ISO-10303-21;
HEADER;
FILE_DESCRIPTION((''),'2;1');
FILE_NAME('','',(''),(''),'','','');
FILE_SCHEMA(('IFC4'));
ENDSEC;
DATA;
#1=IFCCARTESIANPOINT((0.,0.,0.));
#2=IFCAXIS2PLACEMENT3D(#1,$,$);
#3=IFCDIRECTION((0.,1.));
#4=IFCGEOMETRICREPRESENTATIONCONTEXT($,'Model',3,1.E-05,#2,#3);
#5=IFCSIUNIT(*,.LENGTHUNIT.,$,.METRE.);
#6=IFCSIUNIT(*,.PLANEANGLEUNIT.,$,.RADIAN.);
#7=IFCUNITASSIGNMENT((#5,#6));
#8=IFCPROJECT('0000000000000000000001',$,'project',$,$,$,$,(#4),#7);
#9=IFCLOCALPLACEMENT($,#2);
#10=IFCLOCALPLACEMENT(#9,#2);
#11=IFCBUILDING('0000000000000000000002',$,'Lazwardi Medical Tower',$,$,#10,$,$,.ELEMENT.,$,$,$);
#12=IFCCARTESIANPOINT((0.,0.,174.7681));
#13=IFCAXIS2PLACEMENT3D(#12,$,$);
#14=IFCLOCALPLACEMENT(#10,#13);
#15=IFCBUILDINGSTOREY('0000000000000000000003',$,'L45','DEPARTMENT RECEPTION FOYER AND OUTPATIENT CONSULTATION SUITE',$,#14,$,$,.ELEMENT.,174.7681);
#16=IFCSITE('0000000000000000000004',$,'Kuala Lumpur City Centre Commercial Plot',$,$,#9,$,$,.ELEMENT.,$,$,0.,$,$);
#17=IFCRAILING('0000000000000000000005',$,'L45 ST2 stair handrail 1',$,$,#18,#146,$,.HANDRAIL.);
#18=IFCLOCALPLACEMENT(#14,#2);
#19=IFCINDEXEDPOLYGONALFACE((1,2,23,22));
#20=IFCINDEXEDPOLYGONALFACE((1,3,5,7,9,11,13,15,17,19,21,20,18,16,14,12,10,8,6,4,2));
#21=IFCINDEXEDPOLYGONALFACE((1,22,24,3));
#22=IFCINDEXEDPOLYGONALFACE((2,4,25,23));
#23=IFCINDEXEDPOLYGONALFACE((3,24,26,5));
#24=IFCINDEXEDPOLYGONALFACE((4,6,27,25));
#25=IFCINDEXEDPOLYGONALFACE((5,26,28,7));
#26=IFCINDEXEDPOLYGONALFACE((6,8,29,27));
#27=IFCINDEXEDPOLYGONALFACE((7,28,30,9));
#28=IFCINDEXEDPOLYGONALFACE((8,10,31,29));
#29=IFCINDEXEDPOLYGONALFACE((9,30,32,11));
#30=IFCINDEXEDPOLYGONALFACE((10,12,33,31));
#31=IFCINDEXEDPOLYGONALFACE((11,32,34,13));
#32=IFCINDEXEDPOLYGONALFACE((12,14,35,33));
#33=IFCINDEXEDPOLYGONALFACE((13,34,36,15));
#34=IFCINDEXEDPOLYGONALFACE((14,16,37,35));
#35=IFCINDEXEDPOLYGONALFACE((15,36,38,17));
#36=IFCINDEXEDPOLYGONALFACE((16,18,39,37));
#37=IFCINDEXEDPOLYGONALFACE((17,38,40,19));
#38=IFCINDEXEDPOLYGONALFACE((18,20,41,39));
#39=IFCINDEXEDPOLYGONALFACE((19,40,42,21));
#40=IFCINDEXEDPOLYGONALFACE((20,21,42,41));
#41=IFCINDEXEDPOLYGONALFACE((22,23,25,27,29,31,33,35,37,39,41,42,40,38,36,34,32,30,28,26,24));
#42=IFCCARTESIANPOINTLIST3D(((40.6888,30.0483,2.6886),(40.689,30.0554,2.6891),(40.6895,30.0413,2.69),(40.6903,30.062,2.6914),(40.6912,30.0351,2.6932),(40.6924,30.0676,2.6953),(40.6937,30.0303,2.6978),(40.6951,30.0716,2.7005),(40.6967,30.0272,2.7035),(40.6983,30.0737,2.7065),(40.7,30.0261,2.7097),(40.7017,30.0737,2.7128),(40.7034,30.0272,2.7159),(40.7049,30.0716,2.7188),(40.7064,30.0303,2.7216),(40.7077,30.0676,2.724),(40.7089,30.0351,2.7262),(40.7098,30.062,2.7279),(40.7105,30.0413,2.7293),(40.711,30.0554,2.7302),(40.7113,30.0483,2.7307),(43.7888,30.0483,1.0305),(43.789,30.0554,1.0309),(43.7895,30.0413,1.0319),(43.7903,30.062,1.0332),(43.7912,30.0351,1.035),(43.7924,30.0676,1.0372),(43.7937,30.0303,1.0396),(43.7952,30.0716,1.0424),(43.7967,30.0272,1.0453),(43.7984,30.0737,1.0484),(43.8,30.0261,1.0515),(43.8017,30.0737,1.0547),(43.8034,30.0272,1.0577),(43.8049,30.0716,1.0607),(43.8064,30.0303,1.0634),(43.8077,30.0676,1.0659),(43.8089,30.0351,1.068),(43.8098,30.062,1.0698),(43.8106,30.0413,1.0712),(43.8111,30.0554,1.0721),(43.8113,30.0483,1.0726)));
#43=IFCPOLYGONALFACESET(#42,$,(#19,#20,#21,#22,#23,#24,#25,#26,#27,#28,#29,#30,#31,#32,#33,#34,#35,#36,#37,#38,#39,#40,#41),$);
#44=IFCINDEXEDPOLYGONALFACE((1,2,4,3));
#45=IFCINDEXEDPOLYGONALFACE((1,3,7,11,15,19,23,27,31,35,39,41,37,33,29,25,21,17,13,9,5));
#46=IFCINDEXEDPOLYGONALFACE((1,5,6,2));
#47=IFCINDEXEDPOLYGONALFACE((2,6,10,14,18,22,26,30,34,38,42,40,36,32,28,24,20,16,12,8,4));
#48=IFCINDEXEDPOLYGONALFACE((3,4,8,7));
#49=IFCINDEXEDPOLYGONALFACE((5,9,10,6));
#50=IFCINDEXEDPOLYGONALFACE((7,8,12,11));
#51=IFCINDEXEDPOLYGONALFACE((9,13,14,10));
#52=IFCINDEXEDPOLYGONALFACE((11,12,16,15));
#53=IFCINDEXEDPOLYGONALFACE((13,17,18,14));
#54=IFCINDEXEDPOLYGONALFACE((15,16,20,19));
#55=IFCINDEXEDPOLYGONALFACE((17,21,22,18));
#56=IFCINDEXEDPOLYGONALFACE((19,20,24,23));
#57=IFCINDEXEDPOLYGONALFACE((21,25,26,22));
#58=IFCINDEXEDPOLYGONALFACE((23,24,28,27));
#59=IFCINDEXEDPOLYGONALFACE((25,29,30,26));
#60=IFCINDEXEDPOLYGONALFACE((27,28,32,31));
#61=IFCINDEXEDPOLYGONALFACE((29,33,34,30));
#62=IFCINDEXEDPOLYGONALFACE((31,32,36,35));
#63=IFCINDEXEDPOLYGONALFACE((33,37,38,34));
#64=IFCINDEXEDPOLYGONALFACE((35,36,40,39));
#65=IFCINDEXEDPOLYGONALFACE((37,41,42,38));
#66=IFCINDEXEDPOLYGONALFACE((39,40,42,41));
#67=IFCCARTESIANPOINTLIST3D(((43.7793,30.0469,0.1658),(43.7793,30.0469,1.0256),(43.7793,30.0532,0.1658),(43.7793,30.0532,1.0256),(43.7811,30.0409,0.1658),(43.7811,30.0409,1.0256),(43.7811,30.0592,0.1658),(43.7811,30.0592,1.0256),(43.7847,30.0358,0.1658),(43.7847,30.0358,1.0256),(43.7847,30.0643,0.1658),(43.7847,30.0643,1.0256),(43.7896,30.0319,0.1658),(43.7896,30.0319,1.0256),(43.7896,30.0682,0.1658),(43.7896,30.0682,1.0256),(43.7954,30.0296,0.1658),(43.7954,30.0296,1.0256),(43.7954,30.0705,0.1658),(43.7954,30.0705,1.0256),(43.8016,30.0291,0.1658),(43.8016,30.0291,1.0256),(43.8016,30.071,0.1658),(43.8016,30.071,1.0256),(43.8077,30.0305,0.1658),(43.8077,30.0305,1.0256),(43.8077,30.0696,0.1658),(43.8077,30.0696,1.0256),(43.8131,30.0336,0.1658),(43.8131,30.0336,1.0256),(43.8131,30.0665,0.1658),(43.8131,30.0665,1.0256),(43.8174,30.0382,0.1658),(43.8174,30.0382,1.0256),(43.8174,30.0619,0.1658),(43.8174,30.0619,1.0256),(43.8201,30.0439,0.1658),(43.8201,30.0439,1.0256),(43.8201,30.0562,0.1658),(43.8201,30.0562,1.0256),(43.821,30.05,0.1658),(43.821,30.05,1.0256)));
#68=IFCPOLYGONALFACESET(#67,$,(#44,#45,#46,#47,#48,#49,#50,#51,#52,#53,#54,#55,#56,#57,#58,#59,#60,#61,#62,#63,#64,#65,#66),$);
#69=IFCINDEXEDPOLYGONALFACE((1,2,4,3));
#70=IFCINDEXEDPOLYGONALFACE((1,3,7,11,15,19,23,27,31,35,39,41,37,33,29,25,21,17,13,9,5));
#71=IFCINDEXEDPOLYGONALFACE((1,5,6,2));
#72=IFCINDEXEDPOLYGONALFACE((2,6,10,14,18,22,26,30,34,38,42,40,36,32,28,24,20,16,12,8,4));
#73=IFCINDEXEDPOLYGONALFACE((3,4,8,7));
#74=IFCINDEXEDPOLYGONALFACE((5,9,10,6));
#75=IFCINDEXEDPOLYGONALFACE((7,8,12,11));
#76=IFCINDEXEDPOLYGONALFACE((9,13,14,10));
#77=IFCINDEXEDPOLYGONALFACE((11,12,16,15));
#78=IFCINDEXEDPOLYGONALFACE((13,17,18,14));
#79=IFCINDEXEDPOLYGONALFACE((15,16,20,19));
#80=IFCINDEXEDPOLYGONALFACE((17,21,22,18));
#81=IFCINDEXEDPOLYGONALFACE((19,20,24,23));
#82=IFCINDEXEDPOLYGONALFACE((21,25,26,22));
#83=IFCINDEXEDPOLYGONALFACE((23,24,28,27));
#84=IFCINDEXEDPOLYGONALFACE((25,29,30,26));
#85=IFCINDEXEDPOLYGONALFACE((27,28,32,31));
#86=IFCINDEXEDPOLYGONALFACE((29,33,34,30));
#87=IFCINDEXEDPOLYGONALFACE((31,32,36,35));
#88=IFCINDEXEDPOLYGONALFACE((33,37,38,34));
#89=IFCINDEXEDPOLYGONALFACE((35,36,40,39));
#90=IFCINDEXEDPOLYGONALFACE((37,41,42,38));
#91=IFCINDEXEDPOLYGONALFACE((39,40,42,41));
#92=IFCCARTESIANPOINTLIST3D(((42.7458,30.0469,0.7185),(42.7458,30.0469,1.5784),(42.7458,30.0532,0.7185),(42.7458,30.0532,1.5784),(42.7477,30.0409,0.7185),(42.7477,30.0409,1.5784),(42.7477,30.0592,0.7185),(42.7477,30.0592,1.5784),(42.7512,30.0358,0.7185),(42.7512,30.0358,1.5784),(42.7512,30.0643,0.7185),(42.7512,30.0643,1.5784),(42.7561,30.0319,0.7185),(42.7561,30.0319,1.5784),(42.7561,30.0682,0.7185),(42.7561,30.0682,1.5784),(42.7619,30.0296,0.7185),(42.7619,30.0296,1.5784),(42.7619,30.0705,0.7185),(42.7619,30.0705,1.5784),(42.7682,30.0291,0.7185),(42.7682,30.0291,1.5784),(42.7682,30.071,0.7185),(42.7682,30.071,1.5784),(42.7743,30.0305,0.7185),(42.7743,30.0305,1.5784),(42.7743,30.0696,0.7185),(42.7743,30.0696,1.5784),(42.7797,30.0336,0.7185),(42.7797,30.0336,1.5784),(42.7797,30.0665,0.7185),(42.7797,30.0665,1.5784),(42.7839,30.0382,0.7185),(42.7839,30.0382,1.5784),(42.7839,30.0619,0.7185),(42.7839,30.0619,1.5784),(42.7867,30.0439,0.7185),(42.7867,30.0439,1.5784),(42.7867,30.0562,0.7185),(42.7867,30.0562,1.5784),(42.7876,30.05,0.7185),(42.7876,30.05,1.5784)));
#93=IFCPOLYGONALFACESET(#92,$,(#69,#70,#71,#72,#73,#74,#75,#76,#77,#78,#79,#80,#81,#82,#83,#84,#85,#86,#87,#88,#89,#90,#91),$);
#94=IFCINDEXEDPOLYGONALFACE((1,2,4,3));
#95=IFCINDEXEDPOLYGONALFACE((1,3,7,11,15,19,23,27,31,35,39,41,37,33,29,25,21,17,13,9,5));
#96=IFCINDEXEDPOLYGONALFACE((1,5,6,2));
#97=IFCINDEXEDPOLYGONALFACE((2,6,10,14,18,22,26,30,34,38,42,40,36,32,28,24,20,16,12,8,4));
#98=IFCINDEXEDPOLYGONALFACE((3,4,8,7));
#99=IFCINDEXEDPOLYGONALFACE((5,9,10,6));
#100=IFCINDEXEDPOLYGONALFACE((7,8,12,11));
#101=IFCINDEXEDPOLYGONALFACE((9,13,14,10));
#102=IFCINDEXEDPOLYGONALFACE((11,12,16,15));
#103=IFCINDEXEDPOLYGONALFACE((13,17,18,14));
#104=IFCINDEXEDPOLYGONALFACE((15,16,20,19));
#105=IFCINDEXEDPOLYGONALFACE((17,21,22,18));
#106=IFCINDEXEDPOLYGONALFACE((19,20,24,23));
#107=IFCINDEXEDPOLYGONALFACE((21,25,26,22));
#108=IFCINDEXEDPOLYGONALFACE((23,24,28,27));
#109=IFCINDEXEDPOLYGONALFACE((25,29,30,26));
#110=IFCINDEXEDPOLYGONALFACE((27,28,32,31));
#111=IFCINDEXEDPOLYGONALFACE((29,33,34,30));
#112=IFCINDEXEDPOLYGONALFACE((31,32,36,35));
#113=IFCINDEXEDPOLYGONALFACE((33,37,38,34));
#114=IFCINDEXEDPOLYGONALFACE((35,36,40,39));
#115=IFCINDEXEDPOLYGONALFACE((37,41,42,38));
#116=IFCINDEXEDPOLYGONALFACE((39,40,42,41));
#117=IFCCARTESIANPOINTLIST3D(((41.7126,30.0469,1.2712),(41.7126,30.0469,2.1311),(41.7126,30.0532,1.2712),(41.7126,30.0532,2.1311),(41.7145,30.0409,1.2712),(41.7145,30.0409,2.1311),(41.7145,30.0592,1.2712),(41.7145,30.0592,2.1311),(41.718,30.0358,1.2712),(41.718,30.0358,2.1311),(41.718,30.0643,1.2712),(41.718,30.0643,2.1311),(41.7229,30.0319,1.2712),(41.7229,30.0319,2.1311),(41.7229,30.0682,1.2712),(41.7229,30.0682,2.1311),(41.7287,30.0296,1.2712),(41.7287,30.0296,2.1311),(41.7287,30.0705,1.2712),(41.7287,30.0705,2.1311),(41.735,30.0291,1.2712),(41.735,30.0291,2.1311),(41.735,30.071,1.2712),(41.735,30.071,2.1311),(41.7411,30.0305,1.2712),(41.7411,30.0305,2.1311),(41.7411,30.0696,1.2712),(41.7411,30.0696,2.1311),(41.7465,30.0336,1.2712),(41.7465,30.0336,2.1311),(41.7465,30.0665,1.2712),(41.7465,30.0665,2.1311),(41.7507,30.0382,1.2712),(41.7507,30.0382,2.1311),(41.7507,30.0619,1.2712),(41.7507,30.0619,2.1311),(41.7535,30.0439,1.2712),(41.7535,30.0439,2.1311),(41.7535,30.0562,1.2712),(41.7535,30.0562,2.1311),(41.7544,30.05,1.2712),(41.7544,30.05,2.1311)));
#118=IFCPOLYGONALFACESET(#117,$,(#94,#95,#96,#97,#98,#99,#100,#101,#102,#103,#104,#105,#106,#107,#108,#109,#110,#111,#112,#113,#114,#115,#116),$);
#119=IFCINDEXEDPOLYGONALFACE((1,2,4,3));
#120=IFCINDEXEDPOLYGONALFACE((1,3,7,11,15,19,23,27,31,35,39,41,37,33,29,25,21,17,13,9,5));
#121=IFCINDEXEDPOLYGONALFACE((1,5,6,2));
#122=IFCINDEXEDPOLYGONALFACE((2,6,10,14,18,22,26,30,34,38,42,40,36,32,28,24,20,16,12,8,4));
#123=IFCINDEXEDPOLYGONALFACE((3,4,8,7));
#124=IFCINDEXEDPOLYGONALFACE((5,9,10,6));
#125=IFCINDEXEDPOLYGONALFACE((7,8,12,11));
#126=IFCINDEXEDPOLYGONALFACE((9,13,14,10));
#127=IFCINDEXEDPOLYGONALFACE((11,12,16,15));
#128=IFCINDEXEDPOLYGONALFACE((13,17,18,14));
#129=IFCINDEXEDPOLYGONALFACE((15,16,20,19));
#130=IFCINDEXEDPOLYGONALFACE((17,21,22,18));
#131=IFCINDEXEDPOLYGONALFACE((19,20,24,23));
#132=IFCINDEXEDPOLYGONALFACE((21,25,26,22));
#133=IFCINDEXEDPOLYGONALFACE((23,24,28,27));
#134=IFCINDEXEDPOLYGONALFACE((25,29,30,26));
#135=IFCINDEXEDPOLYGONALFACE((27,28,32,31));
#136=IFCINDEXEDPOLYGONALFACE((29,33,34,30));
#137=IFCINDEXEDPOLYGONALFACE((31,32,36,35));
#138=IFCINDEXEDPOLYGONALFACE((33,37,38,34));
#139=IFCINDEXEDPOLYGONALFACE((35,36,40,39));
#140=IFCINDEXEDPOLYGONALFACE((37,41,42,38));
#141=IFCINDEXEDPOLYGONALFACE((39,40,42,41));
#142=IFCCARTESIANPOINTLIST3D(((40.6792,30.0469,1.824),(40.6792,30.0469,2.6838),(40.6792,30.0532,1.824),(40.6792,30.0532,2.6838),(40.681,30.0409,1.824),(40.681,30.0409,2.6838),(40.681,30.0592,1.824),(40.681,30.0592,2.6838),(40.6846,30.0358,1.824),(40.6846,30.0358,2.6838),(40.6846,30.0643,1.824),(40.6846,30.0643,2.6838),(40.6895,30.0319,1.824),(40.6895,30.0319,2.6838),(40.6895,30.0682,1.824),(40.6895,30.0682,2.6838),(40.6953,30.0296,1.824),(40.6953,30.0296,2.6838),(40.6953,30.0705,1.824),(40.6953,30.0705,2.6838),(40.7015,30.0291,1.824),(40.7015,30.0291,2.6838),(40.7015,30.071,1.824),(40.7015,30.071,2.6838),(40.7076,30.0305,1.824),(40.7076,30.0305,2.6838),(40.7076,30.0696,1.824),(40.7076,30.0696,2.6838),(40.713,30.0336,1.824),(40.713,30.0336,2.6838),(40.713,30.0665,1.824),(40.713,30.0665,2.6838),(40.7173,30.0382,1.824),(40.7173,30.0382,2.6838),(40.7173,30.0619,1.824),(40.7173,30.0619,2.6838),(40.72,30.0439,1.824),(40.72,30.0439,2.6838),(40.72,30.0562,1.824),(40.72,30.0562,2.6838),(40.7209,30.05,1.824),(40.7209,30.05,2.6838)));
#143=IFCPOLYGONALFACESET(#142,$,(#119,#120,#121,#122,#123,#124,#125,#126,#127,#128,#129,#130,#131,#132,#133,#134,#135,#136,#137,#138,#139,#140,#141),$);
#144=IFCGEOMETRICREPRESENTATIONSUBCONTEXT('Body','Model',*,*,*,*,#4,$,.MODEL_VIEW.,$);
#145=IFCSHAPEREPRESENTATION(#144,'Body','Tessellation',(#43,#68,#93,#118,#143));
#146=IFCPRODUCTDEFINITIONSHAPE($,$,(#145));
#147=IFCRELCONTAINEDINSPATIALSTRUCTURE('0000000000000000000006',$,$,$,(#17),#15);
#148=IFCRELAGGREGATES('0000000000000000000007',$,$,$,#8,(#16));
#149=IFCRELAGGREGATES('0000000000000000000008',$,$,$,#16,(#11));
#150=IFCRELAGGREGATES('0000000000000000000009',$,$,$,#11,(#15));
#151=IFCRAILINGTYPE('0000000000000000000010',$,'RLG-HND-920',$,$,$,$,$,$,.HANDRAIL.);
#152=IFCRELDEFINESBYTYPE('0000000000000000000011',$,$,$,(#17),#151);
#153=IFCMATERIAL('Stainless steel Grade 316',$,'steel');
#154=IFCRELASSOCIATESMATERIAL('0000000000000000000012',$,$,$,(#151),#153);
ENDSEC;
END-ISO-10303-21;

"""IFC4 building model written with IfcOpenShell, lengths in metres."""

from ifc_helpers import new_model, si_unit, direction, frame, origin, origin_2d, place, context, subcontext, project, spatial, circle, extrude, material, type_object, element, save


model = new_model("IFC4")

# Units and contexts
model_context = context("Model", 3, precision=1e-05, world=origin(), true_north=direction((0.0, 1.0)))
body_context = subcontext(model_context, "Body", "Model", "MODEL_VIEW")
ifc_project = project(units=[si_unit("LENGTHUNIT", "METRE"), si_unit("PLANEANGLEUNIT", "RADIAN")], contexts=[model_context])

# Site, building, storey
site_placement = place(None, origin())
site = spatial("IfcSite", under=ifc_project, at=site_placement, Name="Kuala Lumpur City Centre Commercial Plot", CompositionType="ELEMENT", RefElevation=0.0)
building_placement = place(site_placement, origin())
building = spatial("IfcBuilding", under=site, at=building_placement, Name="Lazwardi Medical Tower", CompositionType="ELEMENT")
storey_placement = place(building_placement, frame((0.0, 0.0, 174.7681)))
storey = spatial("IfcBuildingStorey", under=building, at=storey_placement, Name="L45", Description="DEPARTMENT RECEPTION FOYER AND OUTPATIENT CONSULTATION SUITE", CompositionType="ELEMENT", Elevation=174.7681)

# Railing
ifc_material_1 = material(Name="Stainless steel Grade 316", Category="steel")
railing_type_1 = type_object("IfcRailingType", Name="RLG-HND-920", PredefinedType="HANDRAIL", material=ifc_material_1)
railing_1_placement = place(storey_placement, frame((43.8, 30.05, 0.1658)))
element("IfcRailing", 1, at=railing_1_placement, inside=storey, type_object=railing_type_1, Name="L45 ST2 stair handrail 1", PredefinedType="HANDRAIL", context=body_context, shape_type="SweptSolid", body=[
    extrude(circle(Radius=0.0239, at=origin_2d()), frame((0.0, 0.0, 0.8857), z_axis=(-0.881783, 0.0, 0.471655), x_axis=(0.0, -1.0, 0.0)), (0.0, 0.0, 1.0), 3.5156),
    extrude(circle(Radius=0.021, at=origin_2d()), origin(), (0.0, 0.0, 1.0), 0.8599),
    extrude(circle(Radius=0.021, at=origin_2d()), frame((-1.0334, 0.0, 0.5527)), (0.0, 0.0, 1.0), 0.8599),
    extrude(circle(Radius=0.021, at=origin_2d()), frame((-2.0667, 0.0, 1.1055)), (0.0, 0.0, 1.0), 0.8599),
    extrude(circle(Radius=0.021, at=origin_2d()), frame((-3.1001, 0.0, 1.6582)), (0.0, 0.0, 1.0), 0.8599),
])

save(model, "model.ifc")
